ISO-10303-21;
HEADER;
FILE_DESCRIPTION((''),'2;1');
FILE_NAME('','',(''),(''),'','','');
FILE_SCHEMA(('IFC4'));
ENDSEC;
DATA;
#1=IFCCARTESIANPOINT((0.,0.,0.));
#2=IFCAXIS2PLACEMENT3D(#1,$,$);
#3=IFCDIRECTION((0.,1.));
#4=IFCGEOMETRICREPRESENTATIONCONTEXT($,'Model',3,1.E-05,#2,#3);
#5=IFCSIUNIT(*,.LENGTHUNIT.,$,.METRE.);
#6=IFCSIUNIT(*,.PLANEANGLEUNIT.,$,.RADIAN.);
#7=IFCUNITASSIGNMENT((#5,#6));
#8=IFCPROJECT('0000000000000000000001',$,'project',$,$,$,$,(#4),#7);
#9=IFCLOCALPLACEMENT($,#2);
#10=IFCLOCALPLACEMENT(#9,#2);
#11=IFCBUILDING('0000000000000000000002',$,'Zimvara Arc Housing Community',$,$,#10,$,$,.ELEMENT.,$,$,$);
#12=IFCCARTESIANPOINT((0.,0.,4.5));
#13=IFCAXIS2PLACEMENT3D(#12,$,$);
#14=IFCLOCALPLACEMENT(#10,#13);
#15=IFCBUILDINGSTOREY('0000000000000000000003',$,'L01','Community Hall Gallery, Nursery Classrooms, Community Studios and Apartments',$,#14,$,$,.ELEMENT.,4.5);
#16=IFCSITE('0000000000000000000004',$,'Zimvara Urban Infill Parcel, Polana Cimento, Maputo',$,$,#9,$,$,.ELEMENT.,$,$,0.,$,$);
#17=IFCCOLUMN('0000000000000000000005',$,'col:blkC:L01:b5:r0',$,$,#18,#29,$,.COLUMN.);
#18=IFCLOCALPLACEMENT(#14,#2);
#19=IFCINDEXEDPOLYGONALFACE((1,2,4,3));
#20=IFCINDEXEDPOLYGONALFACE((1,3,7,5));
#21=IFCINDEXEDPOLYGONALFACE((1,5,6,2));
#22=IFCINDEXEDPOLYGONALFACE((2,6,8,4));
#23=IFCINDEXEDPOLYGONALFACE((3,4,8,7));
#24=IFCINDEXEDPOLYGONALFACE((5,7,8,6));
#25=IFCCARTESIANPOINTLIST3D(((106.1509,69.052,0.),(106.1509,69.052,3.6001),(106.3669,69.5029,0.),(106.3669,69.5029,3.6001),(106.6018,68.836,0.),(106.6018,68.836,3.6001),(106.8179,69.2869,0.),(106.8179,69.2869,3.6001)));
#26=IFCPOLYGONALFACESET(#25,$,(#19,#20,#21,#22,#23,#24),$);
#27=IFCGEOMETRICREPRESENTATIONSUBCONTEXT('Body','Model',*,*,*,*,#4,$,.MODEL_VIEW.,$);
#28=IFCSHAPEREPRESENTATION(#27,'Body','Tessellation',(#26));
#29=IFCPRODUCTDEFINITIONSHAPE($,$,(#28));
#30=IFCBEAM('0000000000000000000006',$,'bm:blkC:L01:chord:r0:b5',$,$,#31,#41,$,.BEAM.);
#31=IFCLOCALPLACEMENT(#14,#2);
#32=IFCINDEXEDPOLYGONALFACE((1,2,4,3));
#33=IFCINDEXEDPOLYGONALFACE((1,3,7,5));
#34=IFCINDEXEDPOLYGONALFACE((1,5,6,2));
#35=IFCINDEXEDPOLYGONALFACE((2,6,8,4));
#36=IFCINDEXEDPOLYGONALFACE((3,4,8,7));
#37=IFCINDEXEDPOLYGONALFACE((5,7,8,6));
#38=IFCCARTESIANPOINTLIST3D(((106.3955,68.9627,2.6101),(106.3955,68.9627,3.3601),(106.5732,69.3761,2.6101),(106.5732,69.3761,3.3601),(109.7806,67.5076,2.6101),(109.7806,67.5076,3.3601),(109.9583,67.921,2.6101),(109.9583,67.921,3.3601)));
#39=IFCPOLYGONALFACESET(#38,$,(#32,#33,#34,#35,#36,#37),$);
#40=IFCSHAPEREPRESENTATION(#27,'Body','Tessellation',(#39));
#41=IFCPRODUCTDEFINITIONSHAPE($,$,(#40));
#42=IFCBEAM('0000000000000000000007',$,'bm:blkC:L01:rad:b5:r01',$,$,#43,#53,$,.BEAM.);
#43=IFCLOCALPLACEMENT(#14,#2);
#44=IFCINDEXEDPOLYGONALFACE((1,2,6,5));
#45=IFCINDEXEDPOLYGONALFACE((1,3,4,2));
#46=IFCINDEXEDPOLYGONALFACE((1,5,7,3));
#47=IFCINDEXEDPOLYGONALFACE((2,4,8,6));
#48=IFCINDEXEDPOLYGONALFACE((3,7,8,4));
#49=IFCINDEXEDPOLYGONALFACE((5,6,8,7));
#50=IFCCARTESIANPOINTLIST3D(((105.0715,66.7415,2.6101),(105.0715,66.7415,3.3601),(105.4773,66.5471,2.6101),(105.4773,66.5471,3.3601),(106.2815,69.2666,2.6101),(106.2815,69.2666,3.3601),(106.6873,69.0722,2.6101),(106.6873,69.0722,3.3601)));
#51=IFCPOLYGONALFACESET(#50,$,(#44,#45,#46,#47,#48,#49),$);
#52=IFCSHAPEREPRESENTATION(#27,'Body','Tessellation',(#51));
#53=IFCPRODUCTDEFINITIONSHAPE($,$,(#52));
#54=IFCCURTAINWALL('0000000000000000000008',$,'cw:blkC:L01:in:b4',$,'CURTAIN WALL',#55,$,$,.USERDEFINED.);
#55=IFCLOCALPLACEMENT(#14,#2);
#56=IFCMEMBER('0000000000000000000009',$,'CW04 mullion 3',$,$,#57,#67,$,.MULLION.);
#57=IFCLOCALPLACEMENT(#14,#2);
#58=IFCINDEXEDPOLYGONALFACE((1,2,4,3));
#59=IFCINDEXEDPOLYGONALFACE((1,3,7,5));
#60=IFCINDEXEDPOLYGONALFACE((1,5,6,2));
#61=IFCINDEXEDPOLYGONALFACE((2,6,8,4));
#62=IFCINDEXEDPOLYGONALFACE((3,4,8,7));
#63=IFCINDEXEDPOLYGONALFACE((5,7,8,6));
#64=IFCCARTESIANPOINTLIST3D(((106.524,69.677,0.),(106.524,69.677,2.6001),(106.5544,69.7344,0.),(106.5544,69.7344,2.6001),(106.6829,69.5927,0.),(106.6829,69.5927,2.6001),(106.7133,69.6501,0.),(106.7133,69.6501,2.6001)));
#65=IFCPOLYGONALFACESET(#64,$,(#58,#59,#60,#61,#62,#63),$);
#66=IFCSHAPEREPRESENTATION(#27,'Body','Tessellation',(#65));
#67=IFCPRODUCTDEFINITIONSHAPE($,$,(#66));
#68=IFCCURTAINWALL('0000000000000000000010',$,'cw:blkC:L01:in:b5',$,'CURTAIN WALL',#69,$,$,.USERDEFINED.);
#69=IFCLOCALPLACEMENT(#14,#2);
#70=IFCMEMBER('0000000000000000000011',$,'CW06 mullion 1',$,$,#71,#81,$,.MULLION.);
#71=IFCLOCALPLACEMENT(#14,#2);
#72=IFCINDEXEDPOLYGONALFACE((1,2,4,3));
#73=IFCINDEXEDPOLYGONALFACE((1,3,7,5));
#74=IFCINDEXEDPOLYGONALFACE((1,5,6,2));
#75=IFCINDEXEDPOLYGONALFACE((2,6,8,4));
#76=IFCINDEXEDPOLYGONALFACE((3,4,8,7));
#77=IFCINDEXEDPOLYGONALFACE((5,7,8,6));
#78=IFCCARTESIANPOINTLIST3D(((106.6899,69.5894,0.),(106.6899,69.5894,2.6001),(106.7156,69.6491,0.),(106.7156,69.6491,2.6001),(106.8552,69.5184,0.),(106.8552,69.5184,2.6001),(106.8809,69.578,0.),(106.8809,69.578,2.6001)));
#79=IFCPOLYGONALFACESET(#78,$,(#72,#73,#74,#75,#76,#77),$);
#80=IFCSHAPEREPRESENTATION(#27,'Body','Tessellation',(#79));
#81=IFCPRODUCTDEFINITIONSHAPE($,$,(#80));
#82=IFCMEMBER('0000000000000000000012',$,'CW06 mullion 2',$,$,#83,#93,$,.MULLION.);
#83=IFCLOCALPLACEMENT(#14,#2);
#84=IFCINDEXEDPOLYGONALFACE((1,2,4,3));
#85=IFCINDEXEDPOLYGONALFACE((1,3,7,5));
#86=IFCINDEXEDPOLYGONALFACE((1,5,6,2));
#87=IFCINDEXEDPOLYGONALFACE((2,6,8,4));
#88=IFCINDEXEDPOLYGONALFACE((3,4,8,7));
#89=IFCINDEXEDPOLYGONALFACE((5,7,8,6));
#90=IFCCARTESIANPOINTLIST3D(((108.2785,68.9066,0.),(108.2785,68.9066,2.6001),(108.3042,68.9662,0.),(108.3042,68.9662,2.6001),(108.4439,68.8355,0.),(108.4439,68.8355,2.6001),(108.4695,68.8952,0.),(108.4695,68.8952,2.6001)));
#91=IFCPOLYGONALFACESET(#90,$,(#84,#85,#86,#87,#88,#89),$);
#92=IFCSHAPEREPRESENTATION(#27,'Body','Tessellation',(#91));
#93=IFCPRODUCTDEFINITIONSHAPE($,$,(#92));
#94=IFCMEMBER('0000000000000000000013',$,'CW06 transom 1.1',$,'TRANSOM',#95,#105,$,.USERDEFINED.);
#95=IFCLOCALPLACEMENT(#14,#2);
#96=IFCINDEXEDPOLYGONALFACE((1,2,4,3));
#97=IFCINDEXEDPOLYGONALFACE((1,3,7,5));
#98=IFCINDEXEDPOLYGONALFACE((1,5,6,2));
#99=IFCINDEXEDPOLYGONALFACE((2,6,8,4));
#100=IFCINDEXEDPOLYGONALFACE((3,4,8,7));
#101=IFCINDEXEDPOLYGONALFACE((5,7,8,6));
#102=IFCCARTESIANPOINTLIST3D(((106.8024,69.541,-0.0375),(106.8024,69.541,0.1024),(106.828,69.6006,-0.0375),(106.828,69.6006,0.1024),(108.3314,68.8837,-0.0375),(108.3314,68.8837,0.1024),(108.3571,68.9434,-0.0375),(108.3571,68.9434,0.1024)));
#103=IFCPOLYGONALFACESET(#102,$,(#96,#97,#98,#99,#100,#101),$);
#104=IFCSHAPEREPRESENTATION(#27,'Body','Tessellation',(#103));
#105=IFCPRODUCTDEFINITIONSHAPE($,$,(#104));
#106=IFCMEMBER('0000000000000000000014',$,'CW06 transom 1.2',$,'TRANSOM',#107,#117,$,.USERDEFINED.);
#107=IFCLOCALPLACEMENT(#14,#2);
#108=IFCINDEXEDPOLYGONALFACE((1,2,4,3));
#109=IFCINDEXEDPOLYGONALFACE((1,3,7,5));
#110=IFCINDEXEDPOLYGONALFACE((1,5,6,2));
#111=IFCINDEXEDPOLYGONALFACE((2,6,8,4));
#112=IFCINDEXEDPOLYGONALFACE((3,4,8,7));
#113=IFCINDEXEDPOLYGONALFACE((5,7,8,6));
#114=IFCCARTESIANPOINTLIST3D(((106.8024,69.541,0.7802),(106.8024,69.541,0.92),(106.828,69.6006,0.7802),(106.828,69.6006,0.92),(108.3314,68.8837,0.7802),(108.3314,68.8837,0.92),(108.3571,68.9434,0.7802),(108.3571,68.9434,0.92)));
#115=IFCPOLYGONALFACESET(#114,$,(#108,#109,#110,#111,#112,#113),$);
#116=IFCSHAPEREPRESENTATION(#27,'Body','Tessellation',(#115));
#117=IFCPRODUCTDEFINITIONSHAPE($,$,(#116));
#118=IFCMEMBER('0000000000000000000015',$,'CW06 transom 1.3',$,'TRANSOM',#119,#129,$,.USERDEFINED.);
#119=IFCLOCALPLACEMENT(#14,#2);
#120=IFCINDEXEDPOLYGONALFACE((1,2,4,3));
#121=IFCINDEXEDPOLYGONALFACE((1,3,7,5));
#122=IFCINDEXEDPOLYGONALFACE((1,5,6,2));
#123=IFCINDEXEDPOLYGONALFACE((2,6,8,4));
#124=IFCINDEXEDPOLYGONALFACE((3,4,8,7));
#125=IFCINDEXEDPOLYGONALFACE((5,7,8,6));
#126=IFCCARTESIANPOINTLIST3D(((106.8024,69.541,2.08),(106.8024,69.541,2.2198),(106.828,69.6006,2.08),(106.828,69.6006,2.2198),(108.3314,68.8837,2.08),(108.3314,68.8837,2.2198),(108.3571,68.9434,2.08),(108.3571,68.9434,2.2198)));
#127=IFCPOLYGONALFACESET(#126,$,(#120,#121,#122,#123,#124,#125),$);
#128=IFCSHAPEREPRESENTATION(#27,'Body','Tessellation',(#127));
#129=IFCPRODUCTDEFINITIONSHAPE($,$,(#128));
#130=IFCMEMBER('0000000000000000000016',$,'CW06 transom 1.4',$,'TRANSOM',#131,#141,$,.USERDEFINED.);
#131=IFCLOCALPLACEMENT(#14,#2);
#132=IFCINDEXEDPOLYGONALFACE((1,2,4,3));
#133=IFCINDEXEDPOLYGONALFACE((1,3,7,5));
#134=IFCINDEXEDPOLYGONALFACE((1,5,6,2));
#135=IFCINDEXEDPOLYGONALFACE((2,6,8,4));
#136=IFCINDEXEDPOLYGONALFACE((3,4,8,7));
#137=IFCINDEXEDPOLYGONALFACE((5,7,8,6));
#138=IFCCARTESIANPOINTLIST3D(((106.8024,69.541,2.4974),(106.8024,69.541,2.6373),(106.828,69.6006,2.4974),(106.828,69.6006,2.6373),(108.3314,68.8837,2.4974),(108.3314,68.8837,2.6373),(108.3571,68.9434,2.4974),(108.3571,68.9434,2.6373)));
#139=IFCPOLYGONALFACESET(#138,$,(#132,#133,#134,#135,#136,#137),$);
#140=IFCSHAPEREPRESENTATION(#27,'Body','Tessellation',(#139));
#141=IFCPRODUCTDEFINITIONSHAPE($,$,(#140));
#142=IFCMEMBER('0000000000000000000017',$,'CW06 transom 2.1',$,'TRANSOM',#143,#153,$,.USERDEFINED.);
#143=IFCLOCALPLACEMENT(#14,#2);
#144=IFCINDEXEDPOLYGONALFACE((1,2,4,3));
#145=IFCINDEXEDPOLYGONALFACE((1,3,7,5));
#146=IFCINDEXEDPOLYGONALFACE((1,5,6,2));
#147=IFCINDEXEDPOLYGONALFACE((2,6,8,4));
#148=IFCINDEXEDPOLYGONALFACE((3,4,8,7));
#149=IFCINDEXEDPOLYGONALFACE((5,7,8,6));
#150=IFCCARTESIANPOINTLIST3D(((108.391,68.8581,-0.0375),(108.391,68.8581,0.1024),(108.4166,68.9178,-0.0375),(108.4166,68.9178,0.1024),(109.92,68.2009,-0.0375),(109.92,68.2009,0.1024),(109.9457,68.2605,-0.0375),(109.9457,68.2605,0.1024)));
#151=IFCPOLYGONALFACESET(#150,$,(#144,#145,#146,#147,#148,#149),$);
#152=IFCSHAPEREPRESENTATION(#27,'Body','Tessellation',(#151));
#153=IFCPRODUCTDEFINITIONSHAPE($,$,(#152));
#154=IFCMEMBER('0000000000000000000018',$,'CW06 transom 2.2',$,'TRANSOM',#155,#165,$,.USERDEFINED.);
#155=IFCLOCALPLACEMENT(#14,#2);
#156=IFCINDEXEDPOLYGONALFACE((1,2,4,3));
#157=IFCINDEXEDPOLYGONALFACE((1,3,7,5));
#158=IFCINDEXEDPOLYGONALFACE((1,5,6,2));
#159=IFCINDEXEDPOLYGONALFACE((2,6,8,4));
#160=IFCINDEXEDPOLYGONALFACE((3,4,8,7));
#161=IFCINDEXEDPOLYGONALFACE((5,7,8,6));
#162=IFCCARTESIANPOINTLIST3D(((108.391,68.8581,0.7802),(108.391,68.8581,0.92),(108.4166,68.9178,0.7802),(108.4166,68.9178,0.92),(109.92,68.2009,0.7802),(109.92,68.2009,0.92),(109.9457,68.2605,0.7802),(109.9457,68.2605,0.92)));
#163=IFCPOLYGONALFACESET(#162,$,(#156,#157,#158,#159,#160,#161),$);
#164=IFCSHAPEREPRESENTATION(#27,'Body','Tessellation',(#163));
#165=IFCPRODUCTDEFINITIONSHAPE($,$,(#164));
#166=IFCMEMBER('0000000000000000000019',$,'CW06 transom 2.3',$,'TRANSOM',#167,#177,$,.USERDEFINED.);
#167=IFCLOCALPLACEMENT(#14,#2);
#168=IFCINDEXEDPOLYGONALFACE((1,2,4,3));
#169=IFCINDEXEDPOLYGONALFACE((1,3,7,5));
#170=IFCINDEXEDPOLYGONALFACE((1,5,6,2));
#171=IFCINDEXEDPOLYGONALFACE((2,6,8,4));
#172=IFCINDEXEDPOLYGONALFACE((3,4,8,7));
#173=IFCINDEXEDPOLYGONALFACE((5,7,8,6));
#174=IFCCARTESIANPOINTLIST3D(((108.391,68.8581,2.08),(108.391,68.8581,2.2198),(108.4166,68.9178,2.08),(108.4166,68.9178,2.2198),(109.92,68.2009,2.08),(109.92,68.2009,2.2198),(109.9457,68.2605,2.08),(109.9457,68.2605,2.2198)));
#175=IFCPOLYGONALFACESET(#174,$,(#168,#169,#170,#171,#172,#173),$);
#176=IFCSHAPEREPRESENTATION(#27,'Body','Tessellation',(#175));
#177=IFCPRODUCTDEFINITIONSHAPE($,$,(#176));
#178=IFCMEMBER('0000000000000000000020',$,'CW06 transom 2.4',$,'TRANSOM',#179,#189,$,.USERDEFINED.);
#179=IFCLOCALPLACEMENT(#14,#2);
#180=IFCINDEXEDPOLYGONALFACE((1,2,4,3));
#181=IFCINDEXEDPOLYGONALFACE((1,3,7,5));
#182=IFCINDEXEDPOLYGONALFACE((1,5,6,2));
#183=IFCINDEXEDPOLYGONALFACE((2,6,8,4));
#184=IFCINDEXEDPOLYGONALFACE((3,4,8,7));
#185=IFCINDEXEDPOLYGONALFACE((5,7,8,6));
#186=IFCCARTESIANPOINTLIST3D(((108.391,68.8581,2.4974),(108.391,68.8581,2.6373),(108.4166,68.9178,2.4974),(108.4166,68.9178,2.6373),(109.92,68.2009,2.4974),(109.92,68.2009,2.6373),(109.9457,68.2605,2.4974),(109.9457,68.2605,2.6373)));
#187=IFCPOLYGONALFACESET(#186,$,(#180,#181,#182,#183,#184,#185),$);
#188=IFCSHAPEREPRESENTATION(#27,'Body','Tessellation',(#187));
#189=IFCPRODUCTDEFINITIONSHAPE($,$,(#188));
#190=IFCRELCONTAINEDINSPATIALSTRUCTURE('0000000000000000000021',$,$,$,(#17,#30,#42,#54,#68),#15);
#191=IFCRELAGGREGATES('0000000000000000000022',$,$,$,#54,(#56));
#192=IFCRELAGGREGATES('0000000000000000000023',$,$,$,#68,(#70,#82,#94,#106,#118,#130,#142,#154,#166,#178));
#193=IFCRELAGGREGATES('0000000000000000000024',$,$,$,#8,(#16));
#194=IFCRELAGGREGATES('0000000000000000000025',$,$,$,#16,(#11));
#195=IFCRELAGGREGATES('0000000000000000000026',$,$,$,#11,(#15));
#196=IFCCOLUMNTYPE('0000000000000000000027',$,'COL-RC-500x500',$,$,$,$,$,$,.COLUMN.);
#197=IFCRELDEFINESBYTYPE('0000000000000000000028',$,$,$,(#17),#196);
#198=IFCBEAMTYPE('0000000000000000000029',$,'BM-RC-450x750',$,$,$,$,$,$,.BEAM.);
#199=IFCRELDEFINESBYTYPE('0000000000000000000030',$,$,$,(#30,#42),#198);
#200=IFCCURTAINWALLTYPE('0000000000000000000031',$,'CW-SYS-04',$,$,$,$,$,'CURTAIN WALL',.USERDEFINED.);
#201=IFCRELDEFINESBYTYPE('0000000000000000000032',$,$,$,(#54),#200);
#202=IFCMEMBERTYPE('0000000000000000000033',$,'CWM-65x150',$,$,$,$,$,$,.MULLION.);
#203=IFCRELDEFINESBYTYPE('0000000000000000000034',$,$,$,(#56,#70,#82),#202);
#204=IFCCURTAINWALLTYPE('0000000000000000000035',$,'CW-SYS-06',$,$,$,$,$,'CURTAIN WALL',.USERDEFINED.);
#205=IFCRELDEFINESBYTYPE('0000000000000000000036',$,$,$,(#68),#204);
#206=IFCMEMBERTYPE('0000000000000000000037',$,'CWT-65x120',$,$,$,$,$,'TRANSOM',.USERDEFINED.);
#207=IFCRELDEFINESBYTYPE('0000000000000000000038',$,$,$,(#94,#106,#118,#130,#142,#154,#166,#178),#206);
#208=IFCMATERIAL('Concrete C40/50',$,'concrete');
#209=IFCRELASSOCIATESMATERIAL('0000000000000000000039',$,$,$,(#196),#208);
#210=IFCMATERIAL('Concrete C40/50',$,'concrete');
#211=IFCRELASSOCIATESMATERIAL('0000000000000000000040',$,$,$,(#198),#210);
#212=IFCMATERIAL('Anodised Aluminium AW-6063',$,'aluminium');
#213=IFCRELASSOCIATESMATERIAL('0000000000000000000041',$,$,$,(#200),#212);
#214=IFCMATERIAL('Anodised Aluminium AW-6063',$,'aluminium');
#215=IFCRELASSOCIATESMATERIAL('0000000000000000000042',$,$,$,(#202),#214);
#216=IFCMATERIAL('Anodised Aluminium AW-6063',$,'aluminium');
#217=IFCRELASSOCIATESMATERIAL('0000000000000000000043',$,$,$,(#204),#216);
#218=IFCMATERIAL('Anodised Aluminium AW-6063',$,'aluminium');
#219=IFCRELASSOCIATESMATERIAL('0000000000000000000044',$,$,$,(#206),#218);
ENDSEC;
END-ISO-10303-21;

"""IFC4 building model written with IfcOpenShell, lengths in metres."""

from ifc_helpers import new_model, si_unit, direction, frame, origin, origin_2d, place, context, subcontext, project, spatial, rectangle, extrude, material, material_profile, profile_set, type_object, element, aggregate, save


model = new_model("IFC4")

# Units and contexts
model_context = context("Model", 3, precision=1e-05, world=origin(), true_north=direction((0.0, 1.0)))
body_context = subcontext(model_context, "Body", "Model", "MODEL_VIEW")
ifc_project = project(units=[si_unit("LENGTHUNIT", "METRE"), si_unit("PLANEANGLEUNIT", "RADIAN")], contexts=[model_context])

# Site, building, storey
site_placement = place(None, origin())
site = spatial("IfcSite", under=ifc_project, at=site_placement, Name="Zimvara Urban Infill Parcel, Polana Cimento, Maputo", CompositionType="ELEMENT", RefElevation=0.0)
building_placement = place(site_placement, origin())
building = spatial("IfcBuilding", under=site, at=building_placement, Name="Zimvara Arc Housing Community", CompositionType="ELEMENT")
storey_placement = place(building_placement, frame((0.0, 0.0, 4.5)))
storey = spatial("IfcBuildingStorey", under=building, at=storey_placement, Name="L01", Description="Community Hall Gallery, Nursery Classrooms, Community Studios and Apartments", CompositionType="ELEMENT", Elevation=4.5)

# Column
ifc_material_1 = material(Name="Concrete C40/50", Category="concrete")
ifc_material_profile_1 = material_profile(ifc_material_1, rectangle(XDim=0.5, YDim=0.5, at=origin_2d()), Name="RC 500x500")
ifc_profile_set_1 = profile_set([ifc_material_profile_1], Name="Concrete C40/50")
column_type = type_object("IfcColumnType", Name="COL-RC-500x500", PredefinedType="COLUMN", material=ifc_profile_set_1)
column_placement = place(storey_placement, frame((106.4844, 69.1694, 0.0), z_axis=(0.0, 0.0, 1.0), x_axis=(-0.432086, -0.901833, 0.0)))
element("IfcColumn", 1, at=column_placement, inside=storey, type_object=column_type, Name="col:blkC:L01:b5:r0", PredefinedType="COLUMN", context=body_context, shape_type="SweptSolid", body=[
    extrude(rectangle(XDim=0.5, YDim=0.5, at=origin_2d()), origin(), (0.0, 0.0, 1.0), 3.6001),
])

# Beams
ifc_material_2 = material(Name="Concrete C40/50", Category="concrete")
ifc_material_profile_2 = material_profile(ifc_material_2, rectangle(XDim=0.45, YDim=0.75, at=origin_2d()), Name="RC 450x750")
ifc_profile_set_2 = profile_set([ifc_material_profile_2], Name="Concrete C40/50")
beam_type = type_object("IfcBeamType", Name="BM-RC-450x750", PredefinedType="BEAM", material=ifc_profile_set_2)
beam_1_placement = place(storey_placement, frame((106.4844, 69.1694, 2.9851), z_axis=(0.918716, -0.394919, 0.0), x_axis=(0.394919, 0.918716, 0.0)))
element("IfcBeam", 2, at=beam_1_placement, inside=storey, type_object=beam_type, Name="bm:blkC:L01:chord:r0:b5", PredefinedType="BEAM", context=body_context, shape_type="SweptSolid", body=[
    extrude(rectangle(XDim=0.45, YDim=0.75, at=origin_2d()), origin(), (0.0, 0.0, 1.0), 3.6846),
])
beam_2_placement = place(storey_placement, frame((106.4844, 69.1694, 2.9851), z_axis=(-0.432119, -0.901817, 0.0), x_axis=(0.901817, -0.432119, 0.0)))
element("IfcBeam", 3, at=beam_2_placement, inside=storey, type_object=beam_type, Name="bm:blkC:L01:rad:b5:r01", PredefinedType="BEAM", context=body_context, shape_type="SweptSolid", body=[
    extrude(rectangle(XDim=0.45, YDim=0.75, at=origin_2d()), origin(), (0.0, 0.0, 1.0), 2.8),
])

# Curtain wall, member
ifc_material_3 = material(Name="Anodised Aluminium AW-6063", Category="aluminium")
curtain_wall_type_1 = type_object("IfcCurtainWallType", Name="CW-SYS-04", ElementType="CURTAIN WALL", PredefinedType="USERDEFINED", material=ifc_material_3)
curtain_wall_1_placement = place(storey_placement, origin())
curtain_wall_1 = element("IfcCurtainWall", 4, at=curtain_wall_1_placement, inside=storey, type_object=curtain_wall_type_1, Name="cw:blkC:L01:in:b4", ObjectType="CURTAIN WALL", PredefinedType="USERDEFINED")
ifc_material_4 = material(Name="Anodised Aluminium AW-6063", Category="aluminium")
ifc_material_profile_3 = material_profile(ifc_material_4, rectangle(XDim=0.0649, YDim=0.1799, at=origin_2d()), Name="ALU 65x180")
ifc_profile_set_3 = profile_set([ifc_material_profile_3], Name="Anodised Aluminium AW-6063")
member_type_1 = type_object("IfcMemberType", Name="CWM-65x150", PredefinedType="MULLION", material=ifc_profile_set_3)
member_1_placement = place(storey_placement, frame((106.6187, 69.6636, 0.0), z_axis=(0.0, 0.0, 1.0), x_axis=(0.468545, 0.88344, 0.0)))
member_1 = element("IfcMember", 5, at=member_1_placement, type_object=member_type_1, Name="CW04 mullion 3", PredefinedType="MULLION", context=body_context, shape_type="SweptSolid", body=[
    extrude(rectangle(XDim=0.0649, YDim=0.1799, at=origin_2d()), origin(), (0.0, 0.0, 1.0), 2.6001),
])

# Curtain wall, members
ifc_material_5 = material(Name="Anodised Aluminium AW-6063", Category="aluminium")
curtain_wall_type_2 = type_object("IfcCurtainWallType", Name="CW-SYS-06", ElementType="CURTAIN WALL", PredefinedType="USERDEFINED", material=ifc_material_5)
curtain_wall_2_placement = place(storey_placement, origin())
curtain_wall_2 = element("IfcCurtainWall", 6, at=curtain_wall_2_placement, inside=storey, type_object=curtain_wall_type_2, Name="cw:blkC:L01:in:b5", ObjectType="CURTAIN WALL", PredefinedType="USERDEFINED")
member_2_placement = place(storey_placement, frame((106.7854, 69.5837, 0.0), z_axis=(0.0, 0.0, 1.0), x_axis=(0.394904, 0.918722, 0.0)))
member_2 = element("IfcMember", 7, at=member_2_placement, type_object=member_type_1, Name="CW06 mullion 1", PredefinedType="MULLION", context=body_context, shape_type="SweptSolid", body=[
    extrude(rectangle(XDim=0.0649, YDim=0.1799, at=origin_2d()), origin(), (0.0, 0.0, 1.0), 2.6001),
])
member_3_placement = place(storey_placement, frame((108.374, 68.9009, 0.0), z_axis=(0.0, 0.0, 1.0), x_axis=(0.394904, 0.918722, 0.0)))
member_3 = element("IfcMember", 8, at=member_3_placement, type_object=member_type_1, Name="CW06 mullion 2", PredefinedType="MULLION", context=body_context, shape_type="SweptSolid", body=[
    extrude(rectangle(XDim=0.0649, YDim=0.1799, at=origin_2d()), origin(), (0.0, 0.0, 1.0), 2.6001),
])
ifc_material_6 = material(Name="Anodised Aluminium AW-6063", Category="aluminium")
ifc_material_profile_4 = material_profile(ifc_material_6, rectangle(XDim=0.0649, YDim=0.1399, at=origin_2d()), Name="ALU 65x140")
ifc_profile_set_4 = profile_set([ifc_material_profile_4], Name="Anodised Aluminium AW-6063")
member_type_2 = type_object("IfcMemberType", Name="CWT-65x120", ElementType="TRANSOM", PredefinedType="USERDEFINED", material=ifc_profile_set_4)
member_4_placement = place(storey_placement, frame((106.8152, 69.5708, 0.0325), z_axis=(0.918727, -0.394893, 0.0), x_axis=(0.394893, 0.918727, 0.0)))
member_4 = element("IfcMember", 9, at=member_4_placement, type_object=member_type_2, Name="CW06 transom 1.1", ObjectType="TRANSOM", PredefinedType="USERDEFINED", context=body_context, shape_type="SweptSolid", body=[
    extrude(rectangle(XDim=0.0649, YDim=0.1399, at=origin_2d()), origin(), (0.0, 0.0, 1.0), 1.6643),
])
member_5_placement = place(storey_placement, frame((106.8152, 69.5708, 0.8501), z_axis=(0.918727, -0.394893, 0.0), x_axis=(0.394893, 0.918727, 0.0)))
member_5 = element("IfcMember", 10, at=member_5_placement, type_object=member_type_2, Name="CW06 transom 1.2", ObjectType="TRANSOM", PredefinedType="USERDEFINED", context=body_context, shape_type="SweptSolid", body=[
    extrude(rectangle(XDim=0.0649, YDim=0.1399, at=origin_2d()), origin(), (0.0, 0.0, 1.0), 1.6643),
])
member_6_placement = place(storey_placement, frame((106.8152, 69.5708, 2.1499), z_axis=(0.918727, -0.394893, 0.0), x_axis=(0.394893, 0.918727, 0.0)))
member_6 = element("IfcMember", 11, at=member_6_placement, type_object=member_type_2, Name="CW06 transom 1.3", ObjectType="TRANSOM", PredefinedType="USERDEFINED", context=body_context, shape_type="SweptSolid", body=[
    extrude(rectangle(XDim=0.0649, YDim=0.1399, at=origin_2d()), origin(), (0.0, 0.0, 1.0), 1.6643),
])
member_7_placement = place(storey_placement, frame((106.8152, 69.5708, 2.5674), z_axis=(0.918727, -0.394893, 0.0), x_axis=(0.394893, 0.918727, 0.0)))
member_7 = element("IfcMember", 12, at=member_7_placement, type_object=member_type_2, Name="CW06 transom 1.4", ObjectType="TRANSOM", PredefinedType="USERDEFINED", context=body_context, shape_type="SweptSolid", body=[
    extrude(rectangle(XDim=0.0649, YDim=0.1399, at=origin_2d()), origin(), (0.0, 0.0, 1.0), 1.6643),
])
member_8_placement = place(storey_placement, frame((108.4038, 68.8879, 0.0325), z_axis=(0.918727, -0.394893, 0.0), x_axis=(0.394893, 0.918727, 0.0)))
member_8 = element("IfcMember", 13, at=member_8_placement, type_object=member_type_2, Name="CW06 transom 2.1", ObjectType="TRANSOM", PredefinedType="USERDEFINED", context=body_context, shape_type="SweptSolid", body=[
    extrude(rectangle(XDim=0.0649, YDim=0.1399, at=origin_2d()), origin(), (0.0, 0.0, 1.0), 1.6643),
])
member_9_placement = place(storey_placement, frame((108.4038, 68.8879, 0.8501), z_axis=(0.918727, -0.394893, 0.0), x_axis=(0.394893, 0.918727, 0.0)))
member_9 = element("IfcMember", 14, at=member_9_placement, type_object=member_type_2, Name="CW06 transom 2.2", ObjectType="TRANSOM", PredefinedType="USERDEFINED", context=body_context, shape_type="SweptSolid", body=[
    extrude(rectangle(XDim=0.0649, YDim=0.1399, at=origin_2d()), origin(), (0.0, 0.0, 1.0), 1.6643),
])
member_10_placement = place(storey_placement, frame((108.4038, 68.8879, 2.1499), z_axis=(0.918727, -0.394893, 0.0), x_axis=(0.394893, 0.918727, 0.0)))
member_10 = element("IfcMember", 15, at=member_10_placement, type_object=member_type_2, Name="CW06 transom 2.3", ObjectType="TRANSOM", PredefinedType="USERDEFINED", context=body_context, shape_type="SweptSolid", body=[
    extrude(rectangle(XDim=0.0649, YDim=0.1399, at=origin_2d()), origin(), (0.0, 0.0, 1.0), 1.6643),
])
member_11_placement = place(storey_placement, frame((108.4038, 68.8879, 2.5674), z_axis=(0.918727, -0.394893, 0.0), x_axis=(0.394893, 0.918727, 0.0)))
member_11 = element("IfcMember", 16, at=member_11_placement, type_object=member_type_2, Name="CW06 transom 2.4", ObjectType="TRANSOM", PredefinedType="USERDEFINED", context=body_context, shape_type="SweptSolid", body=[
    extrude(rectangle(XDim=0.0649, YDim=0.1399, at=origin_2d()), origin(), (0.0, 0.0, 1.0), 1.6643),
])

aggregate(curtain_wall_1, [member_1])
aggregate(curtain_wall_2, [member_2, member_3, member_4, member_5, member_6, member_7, member_8, member_9, member_10, member_11])

save(model, "model.ifc")
